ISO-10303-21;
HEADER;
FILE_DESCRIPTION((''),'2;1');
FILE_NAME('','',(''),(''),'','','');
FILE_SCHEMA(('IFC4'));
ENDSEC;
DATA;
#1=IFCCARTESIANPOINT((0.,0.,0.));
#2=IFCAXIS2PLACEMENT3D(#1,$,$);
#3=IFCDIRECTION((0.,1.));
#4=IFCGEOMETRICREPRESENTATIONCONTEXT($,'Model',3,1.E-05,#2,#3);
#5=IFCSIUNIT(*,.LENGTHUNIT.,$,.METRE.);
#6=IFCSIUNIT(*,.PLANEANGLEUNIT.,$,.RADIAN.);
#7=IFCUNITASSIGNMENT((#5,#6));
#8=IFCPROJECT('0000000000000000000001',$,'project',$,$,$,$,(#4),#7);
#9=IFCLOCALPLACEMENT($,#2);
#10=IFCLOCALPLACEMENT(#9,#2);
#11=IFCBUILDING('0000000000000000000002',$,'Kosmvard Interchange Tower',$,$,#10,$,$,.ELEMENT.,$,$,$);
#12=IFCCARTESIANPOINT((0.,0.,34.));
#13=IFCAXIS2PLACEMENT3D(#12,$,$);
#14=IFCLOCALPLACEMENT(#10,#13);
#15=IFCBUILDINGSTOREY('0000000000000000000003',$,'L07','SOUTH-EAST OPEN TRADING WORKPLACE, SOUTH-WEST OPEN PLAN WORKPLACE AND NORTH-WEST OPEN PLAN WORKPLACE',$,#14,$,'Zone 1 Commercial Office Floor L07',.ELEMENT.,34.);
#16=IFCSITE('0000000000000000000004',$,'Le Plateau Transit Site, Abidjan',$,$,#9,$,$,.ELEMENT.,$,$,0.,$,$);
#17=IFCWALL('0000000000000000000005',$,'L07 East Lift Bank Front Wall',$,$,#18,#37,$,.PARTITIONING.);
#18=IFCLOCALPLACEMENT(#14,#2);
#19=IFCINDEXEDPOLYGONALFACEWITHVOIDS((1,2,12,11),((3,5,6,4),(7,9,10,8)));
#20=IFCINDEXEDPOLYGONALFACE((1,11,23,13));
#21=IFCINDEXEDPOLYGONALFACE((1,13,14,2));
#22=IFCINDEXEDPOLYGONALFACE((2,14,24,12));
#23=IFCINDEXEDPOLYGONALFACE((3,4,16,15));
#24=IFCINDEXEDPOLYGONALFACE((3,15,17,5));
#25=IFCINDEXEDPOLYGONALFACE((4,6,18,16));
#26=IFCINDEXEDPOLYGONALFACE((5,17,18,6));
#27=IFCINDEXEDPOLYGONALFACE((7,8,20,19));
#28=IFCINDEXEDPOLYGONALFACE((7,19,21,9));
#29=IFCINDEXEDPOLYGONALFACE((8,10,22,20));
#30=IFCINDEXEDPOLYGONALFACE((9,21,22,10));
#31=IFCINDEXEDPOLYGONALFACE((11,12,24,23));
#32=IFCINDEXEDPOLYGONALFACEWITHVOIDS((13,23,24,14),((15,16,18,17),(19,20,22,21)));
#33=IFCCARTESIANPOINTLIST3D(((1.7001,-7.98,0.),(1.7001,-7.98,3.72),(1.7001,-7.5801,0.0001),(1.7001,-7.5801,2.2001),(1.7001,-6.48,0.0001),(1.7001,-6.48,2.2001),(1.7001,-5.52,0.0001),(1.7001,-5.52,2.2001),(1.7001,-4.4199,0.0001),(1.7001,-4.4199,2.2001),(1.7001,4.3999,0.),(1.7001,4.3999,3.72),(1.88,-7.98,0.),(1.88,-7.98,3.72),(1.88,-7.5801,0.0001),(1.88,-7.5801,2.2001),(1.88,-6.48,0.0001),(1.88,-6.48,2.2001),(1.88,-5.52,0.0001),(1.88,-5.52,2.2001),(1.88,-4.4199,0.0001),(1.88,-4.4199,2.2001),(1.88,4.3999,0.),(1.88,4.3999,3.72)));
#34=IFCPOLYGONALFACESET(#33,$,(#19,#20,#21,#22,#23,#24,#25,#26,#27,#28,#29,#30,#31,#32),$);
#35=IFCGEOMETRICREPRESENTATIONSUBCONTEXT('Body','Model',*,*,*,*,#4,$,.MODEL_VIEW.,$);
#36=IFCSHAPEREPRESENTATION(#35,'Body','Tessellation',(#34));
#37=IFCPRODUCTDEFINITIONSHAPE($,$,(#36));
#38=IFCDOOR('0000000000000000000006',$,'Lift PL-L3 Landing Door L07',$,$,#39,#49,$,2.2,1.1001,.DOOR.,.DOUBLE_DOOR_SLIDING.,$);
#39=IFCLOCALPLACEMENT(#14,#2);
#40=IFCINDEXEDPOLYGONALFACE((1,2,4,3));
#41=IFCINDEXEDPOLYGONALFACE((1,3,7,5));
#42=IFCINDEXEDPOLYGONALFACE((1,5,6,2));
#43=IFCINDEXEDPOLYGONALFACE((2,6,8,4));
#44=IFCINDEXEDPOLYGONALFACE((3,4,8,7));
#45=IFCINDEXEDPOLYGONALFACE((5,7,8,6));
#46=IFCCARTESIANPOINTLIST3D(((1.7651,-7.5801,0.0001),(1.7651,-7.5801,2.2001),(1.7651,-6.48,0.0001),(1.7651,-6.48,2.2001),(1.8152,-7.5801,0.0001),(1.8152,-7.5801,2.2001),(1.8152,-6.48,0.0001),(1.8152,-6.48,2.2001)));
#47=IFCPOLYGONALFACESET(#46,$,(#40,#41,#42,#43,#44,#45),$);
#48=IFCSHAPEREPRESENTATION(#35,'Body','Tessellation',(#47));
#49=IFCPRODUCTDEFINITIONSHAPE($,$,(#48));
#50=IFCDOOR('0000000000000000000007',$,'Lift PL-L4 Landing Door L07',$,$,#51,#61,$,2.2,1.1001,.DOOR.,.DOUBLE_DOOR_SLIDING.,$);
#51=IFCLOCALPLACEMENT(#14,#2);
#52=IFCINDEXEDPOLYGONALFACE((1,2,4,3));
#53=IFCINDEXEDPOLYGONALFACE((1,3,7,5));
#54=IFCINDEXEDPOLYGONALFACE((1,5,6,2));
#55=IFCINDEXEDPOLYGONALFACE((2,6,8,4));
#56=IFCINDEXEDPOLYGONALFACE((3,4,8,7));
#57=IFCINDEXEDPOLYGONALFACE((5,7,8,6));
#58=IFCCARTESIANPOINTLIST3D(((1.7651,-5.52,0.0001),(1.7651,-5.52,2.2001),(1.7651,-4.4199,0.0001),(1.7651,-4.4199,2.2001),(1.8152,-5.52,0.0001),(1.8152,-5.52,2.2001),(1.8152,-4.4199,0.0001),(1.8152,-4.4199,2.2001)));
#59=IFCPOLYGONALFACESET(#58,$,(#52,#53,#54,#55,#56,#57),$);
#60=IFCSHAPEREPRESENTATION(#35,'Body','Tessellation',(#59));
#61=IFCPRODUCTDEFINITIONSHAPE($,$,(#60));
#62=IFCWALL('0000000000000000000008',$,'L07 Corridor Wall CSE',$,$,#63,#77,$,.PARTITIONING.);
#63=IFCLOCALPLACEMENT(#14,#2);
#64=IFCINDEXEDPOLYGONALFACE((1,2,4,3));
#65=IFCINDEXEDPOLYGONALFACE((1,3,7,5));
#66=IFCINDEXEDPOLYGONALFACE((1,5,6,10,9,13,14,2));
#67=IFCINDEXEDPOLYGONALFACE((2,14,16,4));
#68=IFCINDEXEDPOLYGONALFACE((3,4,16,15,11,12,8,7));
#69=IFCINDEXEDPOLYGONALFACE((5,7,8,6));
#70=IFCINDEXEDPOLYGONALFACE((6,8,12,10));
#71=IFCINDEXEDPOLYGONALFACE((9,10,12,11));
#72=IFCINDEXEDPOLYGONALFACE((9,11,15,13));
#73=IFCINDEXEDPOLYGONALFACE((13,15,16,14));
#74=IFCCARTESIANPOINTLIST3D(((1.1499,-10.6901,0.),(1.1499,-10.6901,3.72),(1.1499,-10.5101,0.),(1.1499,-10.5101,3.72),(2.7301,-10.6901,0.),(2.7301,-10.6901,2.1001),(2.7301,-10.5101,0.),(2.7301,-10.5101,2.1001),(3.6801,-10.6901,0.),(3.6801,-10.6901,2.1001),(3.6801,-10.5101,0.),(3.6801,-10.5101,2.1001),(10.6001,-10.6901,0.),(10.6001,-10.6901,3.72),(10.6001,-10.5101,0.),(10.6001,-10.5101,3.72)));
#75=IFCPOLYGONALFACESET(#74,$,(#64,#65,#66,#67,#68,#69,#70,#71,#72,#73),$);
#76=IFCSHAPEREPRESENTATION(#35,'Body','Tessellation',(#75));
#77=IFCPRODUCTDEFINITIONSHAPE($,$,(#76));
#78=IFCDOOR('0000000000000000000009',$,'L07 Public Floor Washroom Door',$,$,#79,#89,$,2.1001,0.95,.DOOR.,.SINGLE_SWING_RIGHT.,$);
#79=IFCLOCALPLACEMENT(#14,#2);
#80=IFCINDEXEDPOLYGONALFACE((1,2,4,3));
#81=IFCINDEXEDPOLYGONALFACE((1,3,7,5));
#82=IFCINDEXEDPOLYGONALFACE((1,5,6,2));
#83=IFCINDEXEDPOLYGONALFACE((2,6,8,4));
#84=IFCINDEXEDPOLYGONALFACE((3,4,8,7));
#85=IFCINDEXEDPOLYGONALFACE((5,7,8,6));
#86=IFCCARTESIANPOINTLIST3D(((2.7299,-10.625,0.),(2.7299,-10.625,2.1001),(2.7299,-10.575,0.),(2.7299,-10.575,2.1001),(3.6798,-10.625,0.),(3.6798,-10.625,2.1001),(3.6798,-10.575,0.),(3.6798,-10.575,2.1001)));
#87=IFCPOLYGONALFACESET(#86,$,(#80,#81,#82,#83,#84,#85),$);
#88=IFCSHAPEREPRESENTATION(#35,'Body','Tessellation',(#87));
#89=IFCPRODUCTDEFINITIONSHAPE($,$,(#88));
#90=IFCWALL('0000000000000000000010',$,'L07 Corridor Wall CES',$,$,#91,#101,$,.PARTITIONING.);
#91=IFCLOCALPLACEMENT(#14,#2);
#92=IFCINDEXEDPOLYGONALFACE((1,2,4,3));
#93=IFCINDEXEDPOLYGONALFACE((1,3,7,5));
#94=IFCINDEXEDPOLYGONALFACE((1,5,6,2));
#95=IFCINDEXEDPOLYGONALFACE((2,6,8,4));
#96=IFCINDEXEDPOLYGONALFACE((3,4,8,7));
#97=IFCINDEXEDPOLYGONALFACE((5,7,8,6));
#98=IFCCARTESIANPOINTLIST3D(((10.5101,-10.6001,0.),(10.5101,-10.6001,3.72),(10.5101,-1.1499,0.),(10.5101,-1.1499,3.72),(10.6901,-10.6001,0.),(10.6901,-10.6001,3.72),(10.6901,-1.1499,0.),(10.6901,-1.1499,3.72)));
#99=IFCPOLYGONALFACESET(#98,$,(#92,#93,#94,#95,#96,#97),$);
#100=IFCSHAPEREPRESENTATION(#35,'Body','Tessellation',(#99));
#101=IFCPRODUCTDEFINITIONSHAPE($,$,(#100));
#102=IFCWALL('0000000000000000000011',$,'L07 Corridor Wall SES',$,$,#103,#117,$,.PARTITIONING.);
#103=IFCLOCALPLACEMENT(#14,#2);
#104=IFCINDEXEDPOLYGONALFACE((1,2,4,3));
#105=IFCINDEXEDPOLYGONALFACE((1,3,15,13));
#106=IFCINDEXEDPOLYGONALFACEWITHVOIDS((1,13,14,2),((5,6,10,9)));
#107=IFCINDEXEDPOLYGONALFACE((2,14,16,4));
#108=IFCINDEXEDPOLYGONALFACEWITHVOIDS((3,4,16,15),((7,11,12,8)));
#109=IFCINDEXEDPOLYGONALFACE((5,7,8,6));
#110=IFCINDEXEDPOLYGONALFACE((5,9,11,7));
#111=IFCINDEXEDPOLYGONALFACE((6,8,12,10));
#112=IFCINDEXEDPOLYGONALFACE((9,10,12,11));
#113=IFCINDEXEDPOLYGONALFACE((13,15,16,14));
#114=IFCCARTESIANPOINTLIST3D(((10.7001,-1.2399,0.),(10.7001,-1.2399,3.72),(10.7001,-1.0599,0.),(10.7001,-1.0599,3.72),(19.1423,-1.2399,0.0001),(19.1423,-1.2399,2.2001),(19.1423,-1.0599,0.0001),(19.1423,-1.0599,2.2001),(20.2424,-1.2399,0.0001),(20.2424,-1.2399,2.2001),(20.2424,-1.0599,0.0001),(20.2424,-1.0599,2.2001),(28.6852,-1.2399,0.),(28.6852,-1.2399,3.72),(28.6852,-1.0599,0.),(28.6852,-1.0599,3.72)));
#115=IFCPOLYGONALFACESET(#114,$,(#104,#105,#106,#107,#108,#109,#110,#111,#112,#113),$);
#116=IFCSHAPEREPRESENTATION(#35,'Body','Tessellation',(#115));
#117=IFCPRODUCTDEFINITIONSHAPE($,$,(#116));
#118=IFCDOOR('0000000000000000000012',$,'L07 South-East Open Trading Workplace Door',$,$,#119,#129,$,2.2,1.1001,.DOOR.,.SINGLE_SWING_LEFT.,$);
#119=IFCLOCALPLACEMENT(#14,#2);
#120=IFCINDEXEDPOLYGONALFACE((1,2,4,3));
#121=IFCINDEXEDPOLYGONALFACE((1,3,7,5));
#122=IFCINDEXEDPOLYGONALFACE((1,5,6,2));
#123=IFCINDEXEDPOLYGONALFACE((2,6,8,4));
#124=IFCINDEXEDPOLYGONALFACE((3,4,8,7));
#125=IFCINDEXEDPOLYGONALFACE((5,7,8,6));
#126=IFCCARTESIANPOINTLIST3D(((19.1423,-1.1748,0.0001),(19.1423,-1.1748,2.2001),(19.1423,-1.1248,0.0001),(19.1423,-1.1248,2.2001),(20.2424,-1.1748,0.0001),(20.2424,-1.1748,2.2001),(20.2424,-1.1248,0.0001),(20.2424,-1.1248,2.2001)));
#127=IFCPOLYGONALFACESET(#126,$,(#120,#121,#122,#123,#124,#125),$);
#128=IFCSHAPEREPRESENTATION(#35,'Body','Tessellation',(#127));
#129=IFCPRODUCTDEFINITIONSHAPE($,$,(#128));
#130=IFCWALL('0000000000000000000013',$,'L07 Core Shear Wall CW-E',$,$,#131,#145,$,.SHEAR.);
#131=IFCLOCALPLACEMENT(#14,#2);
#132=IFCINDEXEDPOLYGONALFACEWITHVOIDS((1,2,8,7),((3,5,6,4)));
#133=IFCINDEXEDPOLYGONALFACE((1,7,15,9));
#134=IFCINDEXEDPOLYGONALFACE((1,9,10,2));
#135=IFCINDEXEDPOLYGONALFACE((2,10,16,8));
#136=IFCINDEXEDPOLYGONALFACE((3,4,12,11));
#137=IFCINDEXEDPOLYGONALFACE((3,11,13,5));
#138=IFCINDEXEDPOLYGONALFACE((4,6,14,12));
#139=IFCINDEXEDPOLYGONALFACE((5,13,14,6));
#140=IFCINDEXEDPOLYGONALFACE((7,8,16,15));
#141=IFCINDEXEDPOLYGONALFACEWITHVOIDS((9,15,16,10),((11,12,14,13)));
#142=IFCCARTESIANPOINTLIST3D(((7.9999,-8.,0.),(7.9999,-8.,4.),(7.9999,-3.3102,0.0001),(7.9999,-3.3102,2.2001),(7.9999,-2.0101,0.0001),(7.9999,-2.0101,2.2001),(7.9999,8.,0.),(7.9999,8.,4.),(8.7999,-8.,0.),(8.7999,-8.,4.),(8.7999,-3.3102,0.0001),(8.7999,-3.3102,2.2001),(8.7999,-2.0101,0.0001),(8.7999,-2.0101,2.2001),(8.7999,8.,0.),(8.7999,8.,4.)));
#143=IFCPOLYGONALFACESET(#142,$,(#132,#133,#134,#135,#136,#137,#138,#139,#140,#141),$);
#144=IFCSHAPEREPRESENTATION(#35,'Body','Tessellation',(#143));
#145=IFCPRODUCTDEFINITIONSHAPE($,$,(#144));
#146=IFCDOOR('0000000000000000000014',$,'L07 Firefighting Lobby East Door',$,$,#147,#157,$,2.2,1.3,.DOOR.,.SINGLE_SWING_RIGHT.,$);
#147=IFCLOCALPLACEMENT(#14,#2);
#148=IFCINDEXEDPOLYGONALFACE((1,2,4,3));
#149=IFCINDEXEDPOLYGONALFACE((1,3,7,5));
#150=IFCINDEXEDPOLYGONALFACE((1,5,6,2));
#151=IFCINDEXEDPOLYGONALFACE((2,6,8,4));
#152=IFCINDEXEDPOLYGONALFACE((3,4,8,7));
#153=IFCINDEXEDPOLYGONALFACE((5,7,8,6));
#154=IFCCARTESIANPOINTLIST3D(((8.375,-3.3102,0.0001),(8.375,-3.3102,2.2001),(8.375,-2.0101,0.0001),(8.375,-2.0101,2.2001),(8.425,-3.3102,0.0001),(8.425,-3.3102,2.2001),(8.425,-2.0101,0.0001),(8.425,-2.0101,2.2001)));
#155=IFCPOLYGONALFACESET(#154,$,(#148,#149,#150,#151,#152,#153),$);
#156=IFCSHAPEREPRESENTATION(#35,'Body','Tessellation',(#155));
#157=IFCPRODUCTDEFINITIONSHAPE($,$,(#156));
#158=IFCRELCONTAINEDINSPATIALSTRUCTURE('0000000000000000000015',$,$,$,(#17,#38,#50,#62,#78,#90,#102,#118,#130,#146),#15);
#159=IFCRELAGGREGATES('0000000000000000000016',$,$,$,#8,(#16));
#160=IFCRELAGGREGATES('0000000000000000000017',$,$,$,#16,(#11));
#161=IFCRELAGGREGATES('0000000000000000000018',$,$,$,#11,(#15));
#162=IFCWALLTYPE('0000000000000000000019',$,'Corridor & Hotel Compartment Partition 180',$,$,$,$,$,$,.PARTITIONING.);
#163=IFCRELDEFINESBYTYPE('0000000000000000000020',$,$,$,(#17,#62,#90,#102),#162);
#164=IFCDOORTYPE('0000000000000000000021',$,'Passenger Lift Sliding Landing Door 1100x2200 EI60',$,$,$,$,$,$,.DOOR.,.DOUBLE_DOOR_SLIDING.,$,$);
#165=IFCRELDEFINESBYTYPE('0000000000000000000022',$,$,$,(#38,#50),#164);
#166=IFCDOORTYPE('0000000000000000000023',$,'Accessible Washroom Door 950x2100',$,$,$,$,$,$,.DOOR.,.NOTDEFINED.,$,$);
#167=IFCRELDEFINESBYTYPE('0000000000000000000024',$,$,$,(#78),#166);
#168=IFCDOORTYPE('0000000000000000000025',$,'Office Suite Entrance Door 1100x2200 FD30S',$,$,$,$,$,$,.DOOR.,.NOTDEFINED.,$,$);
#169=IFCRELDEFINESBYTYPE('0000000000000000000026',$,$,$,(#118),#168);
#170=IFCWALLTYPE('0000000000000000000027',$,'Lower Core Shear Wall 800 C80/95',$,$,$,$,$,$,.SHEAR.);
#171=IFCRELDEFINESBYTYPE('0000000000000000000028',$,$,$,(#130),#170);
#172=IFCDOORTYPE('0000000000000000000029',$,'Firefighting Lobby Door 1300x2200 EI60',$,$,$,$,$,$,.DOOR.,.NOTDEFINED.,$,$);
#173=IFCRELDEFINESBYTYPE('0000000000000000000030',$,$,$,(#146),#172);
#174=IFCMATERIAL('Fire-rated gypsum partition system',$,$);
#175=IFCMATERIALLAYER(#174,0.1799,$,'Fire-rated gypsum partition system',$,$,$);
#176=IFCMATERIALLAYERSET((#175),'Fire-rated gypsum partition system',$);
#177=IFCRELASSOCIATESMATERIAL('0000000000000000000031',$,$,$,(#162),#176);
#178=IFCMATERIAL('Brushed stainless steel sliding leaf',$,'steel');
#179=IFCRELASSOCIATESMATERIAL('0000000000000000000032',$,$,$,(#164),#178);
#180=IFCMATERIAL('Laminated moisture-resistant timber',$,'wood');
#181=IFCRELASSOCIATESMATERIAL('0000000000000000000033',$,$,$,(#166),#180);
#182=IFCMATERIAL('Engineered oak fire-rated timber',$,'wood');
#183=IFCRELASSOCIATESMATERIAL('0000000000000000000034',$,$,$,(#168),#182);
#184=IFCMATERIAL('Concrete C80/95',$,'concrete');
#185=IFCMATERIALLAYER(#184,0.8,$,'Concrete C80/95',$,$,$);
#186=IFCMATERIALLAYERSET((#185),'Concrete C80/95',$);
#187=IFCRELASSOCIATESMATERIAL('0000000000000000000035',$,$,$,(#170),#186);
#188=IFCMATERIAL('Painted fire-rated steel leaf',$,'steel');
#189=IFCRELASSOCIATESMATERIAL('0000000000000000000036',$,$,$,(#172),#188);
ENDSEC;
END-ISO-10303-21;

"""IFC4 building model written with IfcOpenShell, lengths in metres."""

from ifc_helpers import new_model, si_unit, direction, frame, frame_2d, origin, place, context, subcontext, project, spatial, rectangle, extrude, source, transform, mapped, material, layer, layer_set, type_object, element, fill, save


model = new_model("IFC4")

# Units and contexts
model_context = context("Model", 3, precision=1e-05, world=origin(), true_north=direction((0.0, 1.0)))
body_context = subcontext(model_context, "Body", "Model", "MODEL_VIEW")
ifc_project = project(units=[si_unit("LENGTHUNIT", "METRE"), si_unit("PLANEANGLEUNIT", "RADIAN")], contexts=[model_context])

# Site, building, storey
site_placement = place(None, origin())
site = spatial("IfcSite", under=ifc_project, at=site_placement, Name="Le Plateau Transit Site, Abidjan", CompositionType="ELEMENT", RefElevation=0.0)
building_placement = place(site_placement, origin())
building = spatial("IfcBuilding", under=site, at=building_placement, Name="Kosmvard Interchange Tower", CompositionType="ELEMENT")
storey_placement = place(building_placement, frame((0.0, 0.0, 34.0)))
storey = spatial("IfcBuildingStorey", under=building, at=storey_placement, Name="L07", Description="SOUTH-EAST OPEN TRADING WORKPLACE, SOUTH-WEST OPEN PLAN WORKPLACE AND NORTH-WEST OPEN PLAN WORKPLACE", LongName="Zone 1 Commercial Office Floor L07", CompositionType="ELEMENT", Elevation=34.0)

# Shared definitions
ifc_material_1 = material(Name="Concrete C80/95", Category="concrete")

# Wall, openings, doors
ifc_material_2 = material(Name="Fire-rated gypsum partition system")
ifc_layer_1 = layer(ifc_material_2, 0.1799, Name="Fire-rated gypsum partition system")
ifc_layer_set_1 = layer_set([ifc_layer_1], Name="Fire-rated gypsum partition system")
wall_type_1 = type_object("IfcWallType", Name="Corridor & Hotel Compartment Partition 180", PredefinedType="PARTITIONING", material=ifc_layer_set_1)
wall_1_placement = place(storey_placement, frame((1.79, -7.98, 0.0), z_axis=(0.0, 0.0, 1.0), x_axis=(0.0, 1.0, 0.0)))
wall_1 = element("IfcWall", 1, at=wall_1_placement, inside=storey, type_object=wall_type_1, Name="L07 East Lift Bank Front Wall", PredefinedType="PARTITIONING", context=body_context, shape_type="SweptSolid", body=[
    extrude(rectangle(XDim=12.3799, YDim=0.1799, at=frame_2d((6.1899, 0.0))), origin(), (0.0, 0.0, 1.0), 3.72),
])
opening_1_placement = place(wall_1_placement, frame((0.3999, 0.0, 0.0)))
opening_1 = element("IfcOpeningElement", 2, at=opening_1_placement, cuts=wall_1, PredefinedType="OPENING", context=body_context, shape_type="SweptSolid", body=[
    extrude(rectangle(XDim=1.1001, YDim=2.2, at=frame_2d((0.55, 1.1001))), frame((0.0, 0.1001, 0.0), z_axis=(0.0, -1.0, 0.0), x_axis=(1.0, 0.0, 0.0)), (0.0, 0.0, 1.0), 0.2),
])
opening_2_placement = place(wall_1_placement, frame((2.46, 0.0, 0.0)))
opening_2 = element("IfcOpeningElement", 3, at=opening_2_placement, cuts=wall_1, PredefinedType="OPENING", context=body_context, shape_type="SweptSolid", body=[
    extrude(rectangle(XDim=1.1001, YDim=2.2, at=frame_2d((0.55, 1.1001))), frame((0.0, 0.1001, 0.0), z_axis=(0.0, -1.0, 0.0), x_axis=(1.0, 0.0, 0.0)), (0.0, 0.0, 1.0), 0.2),
])
ifc_material_3 = material(Name="Brushed stainless steel sliding leaf", Category="steel")
door_type_1 = type_object("IfcDoorType", Name="Passenger Lift Sliding Landing Door 1100x2200 EI60", OperationType="DOUBLE_DOOR_SLIDING", PredefinedType="DOOR", material=ifc_material_3)
shared_shape_1 = source(origin(), body_context, "Body", "SweptSolid", [
    extrude(rectangle(XDim=1.1001, YDim=2.2, at=frame_2d((0.55, 1.1001))), frame((0.0, 0.0249, 0.0), z_axis=(0.0, -1.0, 0.0), x_axis=(1.0, 0.0, 0.0)), (0.0, 0.0, 1.0), 0.05),
])
door_1_placement = place(opening_1_placement, origin())
door_1 = element("IfcDoor", 4, at=door_1_placement, inside=storey, type_object=door_type_1, Name="Lift PL-L3 Landing Door L07", OperationType="DOUBLE_DOOR_SLIDING", OverallHeight=2.2, OverallWidth=1.1001, PredefinedType="DOOR", context=body_context, shape_type="MappedRepresentation", body=[
    mapped(shared_shape_1, transform((0.0, 0.0, 0.0), scale=1.0)),
])
fill(opening_1, door_1)
door_2_placement = place(opening_2_placement, origin())
door_2 = element("IfcDoor", 5, at=door_2_placement, inside=storey, type_object=door_type_1, Name="Lift PL-L4 Landing Door L07", OperationType="DOUBLE_DOOR_SLIDING", OverallHeight=2.2, OverallWidth=1.1001, PredefinedType="DOOR", context=body_context, shape_type="MappedRepresentation", body=[
    mapped(shared_shape_1, transform((0.0, 0.0, 0.0), scale=1.0)),
])
fill(opening_2, door_2)

# Wall, opening, door
wall_2_placement = place(storey_placement, frame((1.1499, -10.6001, 0.0), z_axis=(0.0, 0.0, 1.0), x_axis=(1.0, 0.0, 0.0)))
wall_2 = element("IfcWall", 6, at=wall_2_placement, inside=storey, type_object=wall_type_1, Name="L07 Corridor Wall CSE", PredefinedType="PARTITIONING", context=body_context, shape_type="SweptSolid", body=[
    extrude(rectangle(XDim=9.4502, YDim=0.1799, at=frame_2d((4.7251, 0.0))), origin(), (0.0, 0.0, 1.0), 3.72),
])
opening_3_placement = place(wall_2_placement, frame((1.5801, 0.0, 0.0)))
opening_3 = element("IfcOpeningElement", 7, at=opening_3_placement, cuts=wall_2, PredefinedType="OPENING", context=body_context, shape_type="SweptSolid", body=[
    extrude(rectangle(XDim=0.95, YDim=2.1001, at=frame_2d((0.4751, 1.05))), frame((0.0, 0.1001, 0.0), z_axis=(0.0, -1.0, 0.0), x_axis=(1.0, 0.0, 0.0)), (0.0, 0.0, 1.0), 0.2),
])
ifc_material_4 = material(Name="Laminated moisture-resistant timber", Category="wood")
door_type_2 = type_object("IfcDoorType", Name="Accessible Washroom Door 950x2100", OperationType="NOTDEFINED", PredefinedType="DOOR", material=ifc_material_4)
shared_shape_2 = source(origin(), body_context, "Body", "SweptSolid", [
    extrude(rectangle(XDim=0.95, YDim=2.1001, at=frame_2d((0.4751, 1.05))), frame((0.0, 0.0249, 0.0), z_axis=(0.0, -1.0, 0.0), x_axis=(1.0, 0.0, 0.0)), (0.0, 0.0, 1.0), 0.05),
])
door_3_placement = place(opening_3_placement, frame((0.95, 0.0, 0.0), z_axis=(0.0, 0.0, 1.0), x_axis=(-1.0, 0.0, 0.0)))
door_3 = element("IfcDoor", 8, at=door_3_placement, inside=storey, type_object=door_type_2, Name="L07 Public Floor Washroom Door", OperationType="SINGLE_SWING_RIGHT", OverallHeight=2.1001, OverallWidth=0.95, PredefinedType="DOOR", context=body_context, shape_type="MappedRepresentation", body=[
    mapped(shared_shape_2, transform((0.0, 0.0, 0.0), scale=1.0)),
])
fill(opening_3, door_3)

# Wall
wall_3_placement = place(storey_placement, frame((10.6001, -10.6001, 0.0), z_axis=(0.0, 0.0, 1.0), x_axis=(0.0, 1.0, 0.0)))
element("IfcWall", 9, at=wall_3_placement, inside=storey, type_object=wall_type_1, Name="L07 Corridor Wall CES", PredefinedType="PARTITIONING", context=body_context, shape_type="SweptSolid", body=[
    extrude(rectangle(XDim=9.4502, YDim=0.1799, at=frame_2d((4.7251, 0.0))), origin(), (0.0, 0.0, 1.0), 3.72),
])

# Walls, openings, doors
wall_4_placement = place(storey_placement, frame((10.7, -1.1499, 0.0), z_axis=(0.0, 0.0, 1.0), x_axis=(1.0, 0.0, 0.0)))
wall_4 = element("IfcWall", 10, at=wall_4_placement, inside=storey, type_object=wall_type_1, Name="L07 Corridor Wall SES", PredefinedType="PARTITIONING", context=body_context, shape_type="SweptSolid", body=[
    extrude(rectangle(XDim=17.9851, YDim=0.1799, at=frame_2d((8.9927, 0.0))), origin(), (0.0, 0.0, 1.0), 3.72),
])
opening_4_placement = place(wall_4_placement, frame((8.4424, 0.0, 0.0)))
opening_4 = element("IfcOpeningElement", 11, at=opening_4_placement, cuts=wall_4, PredefinedType="OPENING", context=body_context, shape_type="SweptSolid", body=[
    extrude(rectangle(XDim=1.1001, YDim=2.2, at=frame_2d((0.55, 1.1001))), frame((0.0, 0.1001, 0.0), z_axis=(0.0, -1.0, 0.0), x_axis=(1.0, 0.0, 0.0)), (0.0, 0.0, 1.0), 0.2),
])
ifc_material_5 = material(Name="Engineered oak fire-rated timber", Category="wood")
door_type_3 = type_object("IfcDoorType", Name="Office Suite Entrance Door 1100x2200 FD30S", OperationType="NOTDEFINED", PredefinedType="DOOR", material=ifc_material_5)
door_4_placement = place(opening_4_placement, frame((1.1001, 0.0, 0.0), z_axis=(0.0, 0.0, 1.0), x_axis=(-1.0, 0.0, 0.0)))
door_4 = element("IfcDoor", 12, at=door_4_placement, inside=storey, type_object=door_type_3, Name="L07 South-East Open Trading Workplace Door", OperationType="SINGLE_SWING_LEFT", OverallHeight=2.2, OverallWidth=1.1001, PredefinedType="DOOR", context=body_context, shape_type="MappedRepresentation", body=[
    mapped(shared_shape_1, transform((0.0, 0.0, 0.0), scale=1.0)),
])
fill(opening_4, door_4)
ifc_layer_2 = layer(ifc_material_1, 0.8, Name="Concrete C80/95")
ifc_layer_set_2 = layer_set([ifc_layer_2], Name="Concrete C80/95")
wall_type_2 = type_object("IfcWallType", Name="Lower Core Shear Wall 800 C80/95", PredefinedType="SHEAR", material=ifc_layer_set_2)
wall_5_placement = place(storey_placement, frame((8.3999, -8.0, 0.0), z_axis=(0.0, 0.0, 1.0), x_axis=(0.0, 1.0, 0.0)))
wall_5 = element("IfcWall", 13, at=wall_5_placement, inside=storey, type_object=wall_type_2, Name="L07 Core Shear Wall CW-E", PredefinedType="SHEAR", context=body_context, shape_type="SweptSolid", body=[
    extrude(rectangle(XDim=16.0, YDim=0.8, at=frame_2d((8.0, 0.0))), origin(), (0.0, 0.0, 1.0), 4.0),
])
opening_5_placement = place(wall_5_placement, frame((4.6899, 0.0, 0.0)))
opening_5 = element("IfcOpeningElement", 14, at=opening_5_placement, cuts=wall_5, PredefinedType="OPENING", context=body_context, shape_type="SweptSolid", body=[
    extrude(rectangle(XDim=1.3, YDim=2.2, at=frame_2d((0.6499, 1.1001))), frame((0.0, 0.4102, 0.0), z_axis=(0.0, -1.0, 0.0), x_axis=(1.0, 0.0, 0.0)), (0.0, 0.0, 1.0), 0.8201),
])
ifc_material_6 = material(Name="Painted fire-rated steel leaf", Category="steel")
door_type_4 = type_object("IfcDoorType", Name="Firefighting Lobby Door 1300x2200 EI60", OperationType="NOTDEFINED", PredefinedType="DOOR", material=ifc_material_6)
shared_shape_3 = source(origin(), body_context, "Body", "SweptSolid", [
    extrude(rectangle(XDim=1.3, YDim=2.2, at=frame_2d((0.6499, 1.1001))), frame((0.0, 0.0249, 0.0), z_axis=(0.0, -1.0, 0.0), x_axis=(1.0, 0.0, 0.0)), (0.0, 0.0, 1.0), 0.05),
])
door_5_placement = place(opening_5_placement, origin())
door_5 = element("IfcDoor", 15, at=door_5_placement, inside=storey, type_object=door_type_4, Name="L07 Firefighting Lobby East Door", OperationType="SINGLE_SWING_RIGHT", OverallHeight=2.2, OverallWidth=1.3, PredefinedType="DOOR", context=body_context, shape_type="MappedRepresentation", body=[
    mapped(shared_shape_3, transform((0.0, 0.0, 0.0), scale=1.0)),
])
fill(opening_5, door_5)

save(model, "model.ifc")
